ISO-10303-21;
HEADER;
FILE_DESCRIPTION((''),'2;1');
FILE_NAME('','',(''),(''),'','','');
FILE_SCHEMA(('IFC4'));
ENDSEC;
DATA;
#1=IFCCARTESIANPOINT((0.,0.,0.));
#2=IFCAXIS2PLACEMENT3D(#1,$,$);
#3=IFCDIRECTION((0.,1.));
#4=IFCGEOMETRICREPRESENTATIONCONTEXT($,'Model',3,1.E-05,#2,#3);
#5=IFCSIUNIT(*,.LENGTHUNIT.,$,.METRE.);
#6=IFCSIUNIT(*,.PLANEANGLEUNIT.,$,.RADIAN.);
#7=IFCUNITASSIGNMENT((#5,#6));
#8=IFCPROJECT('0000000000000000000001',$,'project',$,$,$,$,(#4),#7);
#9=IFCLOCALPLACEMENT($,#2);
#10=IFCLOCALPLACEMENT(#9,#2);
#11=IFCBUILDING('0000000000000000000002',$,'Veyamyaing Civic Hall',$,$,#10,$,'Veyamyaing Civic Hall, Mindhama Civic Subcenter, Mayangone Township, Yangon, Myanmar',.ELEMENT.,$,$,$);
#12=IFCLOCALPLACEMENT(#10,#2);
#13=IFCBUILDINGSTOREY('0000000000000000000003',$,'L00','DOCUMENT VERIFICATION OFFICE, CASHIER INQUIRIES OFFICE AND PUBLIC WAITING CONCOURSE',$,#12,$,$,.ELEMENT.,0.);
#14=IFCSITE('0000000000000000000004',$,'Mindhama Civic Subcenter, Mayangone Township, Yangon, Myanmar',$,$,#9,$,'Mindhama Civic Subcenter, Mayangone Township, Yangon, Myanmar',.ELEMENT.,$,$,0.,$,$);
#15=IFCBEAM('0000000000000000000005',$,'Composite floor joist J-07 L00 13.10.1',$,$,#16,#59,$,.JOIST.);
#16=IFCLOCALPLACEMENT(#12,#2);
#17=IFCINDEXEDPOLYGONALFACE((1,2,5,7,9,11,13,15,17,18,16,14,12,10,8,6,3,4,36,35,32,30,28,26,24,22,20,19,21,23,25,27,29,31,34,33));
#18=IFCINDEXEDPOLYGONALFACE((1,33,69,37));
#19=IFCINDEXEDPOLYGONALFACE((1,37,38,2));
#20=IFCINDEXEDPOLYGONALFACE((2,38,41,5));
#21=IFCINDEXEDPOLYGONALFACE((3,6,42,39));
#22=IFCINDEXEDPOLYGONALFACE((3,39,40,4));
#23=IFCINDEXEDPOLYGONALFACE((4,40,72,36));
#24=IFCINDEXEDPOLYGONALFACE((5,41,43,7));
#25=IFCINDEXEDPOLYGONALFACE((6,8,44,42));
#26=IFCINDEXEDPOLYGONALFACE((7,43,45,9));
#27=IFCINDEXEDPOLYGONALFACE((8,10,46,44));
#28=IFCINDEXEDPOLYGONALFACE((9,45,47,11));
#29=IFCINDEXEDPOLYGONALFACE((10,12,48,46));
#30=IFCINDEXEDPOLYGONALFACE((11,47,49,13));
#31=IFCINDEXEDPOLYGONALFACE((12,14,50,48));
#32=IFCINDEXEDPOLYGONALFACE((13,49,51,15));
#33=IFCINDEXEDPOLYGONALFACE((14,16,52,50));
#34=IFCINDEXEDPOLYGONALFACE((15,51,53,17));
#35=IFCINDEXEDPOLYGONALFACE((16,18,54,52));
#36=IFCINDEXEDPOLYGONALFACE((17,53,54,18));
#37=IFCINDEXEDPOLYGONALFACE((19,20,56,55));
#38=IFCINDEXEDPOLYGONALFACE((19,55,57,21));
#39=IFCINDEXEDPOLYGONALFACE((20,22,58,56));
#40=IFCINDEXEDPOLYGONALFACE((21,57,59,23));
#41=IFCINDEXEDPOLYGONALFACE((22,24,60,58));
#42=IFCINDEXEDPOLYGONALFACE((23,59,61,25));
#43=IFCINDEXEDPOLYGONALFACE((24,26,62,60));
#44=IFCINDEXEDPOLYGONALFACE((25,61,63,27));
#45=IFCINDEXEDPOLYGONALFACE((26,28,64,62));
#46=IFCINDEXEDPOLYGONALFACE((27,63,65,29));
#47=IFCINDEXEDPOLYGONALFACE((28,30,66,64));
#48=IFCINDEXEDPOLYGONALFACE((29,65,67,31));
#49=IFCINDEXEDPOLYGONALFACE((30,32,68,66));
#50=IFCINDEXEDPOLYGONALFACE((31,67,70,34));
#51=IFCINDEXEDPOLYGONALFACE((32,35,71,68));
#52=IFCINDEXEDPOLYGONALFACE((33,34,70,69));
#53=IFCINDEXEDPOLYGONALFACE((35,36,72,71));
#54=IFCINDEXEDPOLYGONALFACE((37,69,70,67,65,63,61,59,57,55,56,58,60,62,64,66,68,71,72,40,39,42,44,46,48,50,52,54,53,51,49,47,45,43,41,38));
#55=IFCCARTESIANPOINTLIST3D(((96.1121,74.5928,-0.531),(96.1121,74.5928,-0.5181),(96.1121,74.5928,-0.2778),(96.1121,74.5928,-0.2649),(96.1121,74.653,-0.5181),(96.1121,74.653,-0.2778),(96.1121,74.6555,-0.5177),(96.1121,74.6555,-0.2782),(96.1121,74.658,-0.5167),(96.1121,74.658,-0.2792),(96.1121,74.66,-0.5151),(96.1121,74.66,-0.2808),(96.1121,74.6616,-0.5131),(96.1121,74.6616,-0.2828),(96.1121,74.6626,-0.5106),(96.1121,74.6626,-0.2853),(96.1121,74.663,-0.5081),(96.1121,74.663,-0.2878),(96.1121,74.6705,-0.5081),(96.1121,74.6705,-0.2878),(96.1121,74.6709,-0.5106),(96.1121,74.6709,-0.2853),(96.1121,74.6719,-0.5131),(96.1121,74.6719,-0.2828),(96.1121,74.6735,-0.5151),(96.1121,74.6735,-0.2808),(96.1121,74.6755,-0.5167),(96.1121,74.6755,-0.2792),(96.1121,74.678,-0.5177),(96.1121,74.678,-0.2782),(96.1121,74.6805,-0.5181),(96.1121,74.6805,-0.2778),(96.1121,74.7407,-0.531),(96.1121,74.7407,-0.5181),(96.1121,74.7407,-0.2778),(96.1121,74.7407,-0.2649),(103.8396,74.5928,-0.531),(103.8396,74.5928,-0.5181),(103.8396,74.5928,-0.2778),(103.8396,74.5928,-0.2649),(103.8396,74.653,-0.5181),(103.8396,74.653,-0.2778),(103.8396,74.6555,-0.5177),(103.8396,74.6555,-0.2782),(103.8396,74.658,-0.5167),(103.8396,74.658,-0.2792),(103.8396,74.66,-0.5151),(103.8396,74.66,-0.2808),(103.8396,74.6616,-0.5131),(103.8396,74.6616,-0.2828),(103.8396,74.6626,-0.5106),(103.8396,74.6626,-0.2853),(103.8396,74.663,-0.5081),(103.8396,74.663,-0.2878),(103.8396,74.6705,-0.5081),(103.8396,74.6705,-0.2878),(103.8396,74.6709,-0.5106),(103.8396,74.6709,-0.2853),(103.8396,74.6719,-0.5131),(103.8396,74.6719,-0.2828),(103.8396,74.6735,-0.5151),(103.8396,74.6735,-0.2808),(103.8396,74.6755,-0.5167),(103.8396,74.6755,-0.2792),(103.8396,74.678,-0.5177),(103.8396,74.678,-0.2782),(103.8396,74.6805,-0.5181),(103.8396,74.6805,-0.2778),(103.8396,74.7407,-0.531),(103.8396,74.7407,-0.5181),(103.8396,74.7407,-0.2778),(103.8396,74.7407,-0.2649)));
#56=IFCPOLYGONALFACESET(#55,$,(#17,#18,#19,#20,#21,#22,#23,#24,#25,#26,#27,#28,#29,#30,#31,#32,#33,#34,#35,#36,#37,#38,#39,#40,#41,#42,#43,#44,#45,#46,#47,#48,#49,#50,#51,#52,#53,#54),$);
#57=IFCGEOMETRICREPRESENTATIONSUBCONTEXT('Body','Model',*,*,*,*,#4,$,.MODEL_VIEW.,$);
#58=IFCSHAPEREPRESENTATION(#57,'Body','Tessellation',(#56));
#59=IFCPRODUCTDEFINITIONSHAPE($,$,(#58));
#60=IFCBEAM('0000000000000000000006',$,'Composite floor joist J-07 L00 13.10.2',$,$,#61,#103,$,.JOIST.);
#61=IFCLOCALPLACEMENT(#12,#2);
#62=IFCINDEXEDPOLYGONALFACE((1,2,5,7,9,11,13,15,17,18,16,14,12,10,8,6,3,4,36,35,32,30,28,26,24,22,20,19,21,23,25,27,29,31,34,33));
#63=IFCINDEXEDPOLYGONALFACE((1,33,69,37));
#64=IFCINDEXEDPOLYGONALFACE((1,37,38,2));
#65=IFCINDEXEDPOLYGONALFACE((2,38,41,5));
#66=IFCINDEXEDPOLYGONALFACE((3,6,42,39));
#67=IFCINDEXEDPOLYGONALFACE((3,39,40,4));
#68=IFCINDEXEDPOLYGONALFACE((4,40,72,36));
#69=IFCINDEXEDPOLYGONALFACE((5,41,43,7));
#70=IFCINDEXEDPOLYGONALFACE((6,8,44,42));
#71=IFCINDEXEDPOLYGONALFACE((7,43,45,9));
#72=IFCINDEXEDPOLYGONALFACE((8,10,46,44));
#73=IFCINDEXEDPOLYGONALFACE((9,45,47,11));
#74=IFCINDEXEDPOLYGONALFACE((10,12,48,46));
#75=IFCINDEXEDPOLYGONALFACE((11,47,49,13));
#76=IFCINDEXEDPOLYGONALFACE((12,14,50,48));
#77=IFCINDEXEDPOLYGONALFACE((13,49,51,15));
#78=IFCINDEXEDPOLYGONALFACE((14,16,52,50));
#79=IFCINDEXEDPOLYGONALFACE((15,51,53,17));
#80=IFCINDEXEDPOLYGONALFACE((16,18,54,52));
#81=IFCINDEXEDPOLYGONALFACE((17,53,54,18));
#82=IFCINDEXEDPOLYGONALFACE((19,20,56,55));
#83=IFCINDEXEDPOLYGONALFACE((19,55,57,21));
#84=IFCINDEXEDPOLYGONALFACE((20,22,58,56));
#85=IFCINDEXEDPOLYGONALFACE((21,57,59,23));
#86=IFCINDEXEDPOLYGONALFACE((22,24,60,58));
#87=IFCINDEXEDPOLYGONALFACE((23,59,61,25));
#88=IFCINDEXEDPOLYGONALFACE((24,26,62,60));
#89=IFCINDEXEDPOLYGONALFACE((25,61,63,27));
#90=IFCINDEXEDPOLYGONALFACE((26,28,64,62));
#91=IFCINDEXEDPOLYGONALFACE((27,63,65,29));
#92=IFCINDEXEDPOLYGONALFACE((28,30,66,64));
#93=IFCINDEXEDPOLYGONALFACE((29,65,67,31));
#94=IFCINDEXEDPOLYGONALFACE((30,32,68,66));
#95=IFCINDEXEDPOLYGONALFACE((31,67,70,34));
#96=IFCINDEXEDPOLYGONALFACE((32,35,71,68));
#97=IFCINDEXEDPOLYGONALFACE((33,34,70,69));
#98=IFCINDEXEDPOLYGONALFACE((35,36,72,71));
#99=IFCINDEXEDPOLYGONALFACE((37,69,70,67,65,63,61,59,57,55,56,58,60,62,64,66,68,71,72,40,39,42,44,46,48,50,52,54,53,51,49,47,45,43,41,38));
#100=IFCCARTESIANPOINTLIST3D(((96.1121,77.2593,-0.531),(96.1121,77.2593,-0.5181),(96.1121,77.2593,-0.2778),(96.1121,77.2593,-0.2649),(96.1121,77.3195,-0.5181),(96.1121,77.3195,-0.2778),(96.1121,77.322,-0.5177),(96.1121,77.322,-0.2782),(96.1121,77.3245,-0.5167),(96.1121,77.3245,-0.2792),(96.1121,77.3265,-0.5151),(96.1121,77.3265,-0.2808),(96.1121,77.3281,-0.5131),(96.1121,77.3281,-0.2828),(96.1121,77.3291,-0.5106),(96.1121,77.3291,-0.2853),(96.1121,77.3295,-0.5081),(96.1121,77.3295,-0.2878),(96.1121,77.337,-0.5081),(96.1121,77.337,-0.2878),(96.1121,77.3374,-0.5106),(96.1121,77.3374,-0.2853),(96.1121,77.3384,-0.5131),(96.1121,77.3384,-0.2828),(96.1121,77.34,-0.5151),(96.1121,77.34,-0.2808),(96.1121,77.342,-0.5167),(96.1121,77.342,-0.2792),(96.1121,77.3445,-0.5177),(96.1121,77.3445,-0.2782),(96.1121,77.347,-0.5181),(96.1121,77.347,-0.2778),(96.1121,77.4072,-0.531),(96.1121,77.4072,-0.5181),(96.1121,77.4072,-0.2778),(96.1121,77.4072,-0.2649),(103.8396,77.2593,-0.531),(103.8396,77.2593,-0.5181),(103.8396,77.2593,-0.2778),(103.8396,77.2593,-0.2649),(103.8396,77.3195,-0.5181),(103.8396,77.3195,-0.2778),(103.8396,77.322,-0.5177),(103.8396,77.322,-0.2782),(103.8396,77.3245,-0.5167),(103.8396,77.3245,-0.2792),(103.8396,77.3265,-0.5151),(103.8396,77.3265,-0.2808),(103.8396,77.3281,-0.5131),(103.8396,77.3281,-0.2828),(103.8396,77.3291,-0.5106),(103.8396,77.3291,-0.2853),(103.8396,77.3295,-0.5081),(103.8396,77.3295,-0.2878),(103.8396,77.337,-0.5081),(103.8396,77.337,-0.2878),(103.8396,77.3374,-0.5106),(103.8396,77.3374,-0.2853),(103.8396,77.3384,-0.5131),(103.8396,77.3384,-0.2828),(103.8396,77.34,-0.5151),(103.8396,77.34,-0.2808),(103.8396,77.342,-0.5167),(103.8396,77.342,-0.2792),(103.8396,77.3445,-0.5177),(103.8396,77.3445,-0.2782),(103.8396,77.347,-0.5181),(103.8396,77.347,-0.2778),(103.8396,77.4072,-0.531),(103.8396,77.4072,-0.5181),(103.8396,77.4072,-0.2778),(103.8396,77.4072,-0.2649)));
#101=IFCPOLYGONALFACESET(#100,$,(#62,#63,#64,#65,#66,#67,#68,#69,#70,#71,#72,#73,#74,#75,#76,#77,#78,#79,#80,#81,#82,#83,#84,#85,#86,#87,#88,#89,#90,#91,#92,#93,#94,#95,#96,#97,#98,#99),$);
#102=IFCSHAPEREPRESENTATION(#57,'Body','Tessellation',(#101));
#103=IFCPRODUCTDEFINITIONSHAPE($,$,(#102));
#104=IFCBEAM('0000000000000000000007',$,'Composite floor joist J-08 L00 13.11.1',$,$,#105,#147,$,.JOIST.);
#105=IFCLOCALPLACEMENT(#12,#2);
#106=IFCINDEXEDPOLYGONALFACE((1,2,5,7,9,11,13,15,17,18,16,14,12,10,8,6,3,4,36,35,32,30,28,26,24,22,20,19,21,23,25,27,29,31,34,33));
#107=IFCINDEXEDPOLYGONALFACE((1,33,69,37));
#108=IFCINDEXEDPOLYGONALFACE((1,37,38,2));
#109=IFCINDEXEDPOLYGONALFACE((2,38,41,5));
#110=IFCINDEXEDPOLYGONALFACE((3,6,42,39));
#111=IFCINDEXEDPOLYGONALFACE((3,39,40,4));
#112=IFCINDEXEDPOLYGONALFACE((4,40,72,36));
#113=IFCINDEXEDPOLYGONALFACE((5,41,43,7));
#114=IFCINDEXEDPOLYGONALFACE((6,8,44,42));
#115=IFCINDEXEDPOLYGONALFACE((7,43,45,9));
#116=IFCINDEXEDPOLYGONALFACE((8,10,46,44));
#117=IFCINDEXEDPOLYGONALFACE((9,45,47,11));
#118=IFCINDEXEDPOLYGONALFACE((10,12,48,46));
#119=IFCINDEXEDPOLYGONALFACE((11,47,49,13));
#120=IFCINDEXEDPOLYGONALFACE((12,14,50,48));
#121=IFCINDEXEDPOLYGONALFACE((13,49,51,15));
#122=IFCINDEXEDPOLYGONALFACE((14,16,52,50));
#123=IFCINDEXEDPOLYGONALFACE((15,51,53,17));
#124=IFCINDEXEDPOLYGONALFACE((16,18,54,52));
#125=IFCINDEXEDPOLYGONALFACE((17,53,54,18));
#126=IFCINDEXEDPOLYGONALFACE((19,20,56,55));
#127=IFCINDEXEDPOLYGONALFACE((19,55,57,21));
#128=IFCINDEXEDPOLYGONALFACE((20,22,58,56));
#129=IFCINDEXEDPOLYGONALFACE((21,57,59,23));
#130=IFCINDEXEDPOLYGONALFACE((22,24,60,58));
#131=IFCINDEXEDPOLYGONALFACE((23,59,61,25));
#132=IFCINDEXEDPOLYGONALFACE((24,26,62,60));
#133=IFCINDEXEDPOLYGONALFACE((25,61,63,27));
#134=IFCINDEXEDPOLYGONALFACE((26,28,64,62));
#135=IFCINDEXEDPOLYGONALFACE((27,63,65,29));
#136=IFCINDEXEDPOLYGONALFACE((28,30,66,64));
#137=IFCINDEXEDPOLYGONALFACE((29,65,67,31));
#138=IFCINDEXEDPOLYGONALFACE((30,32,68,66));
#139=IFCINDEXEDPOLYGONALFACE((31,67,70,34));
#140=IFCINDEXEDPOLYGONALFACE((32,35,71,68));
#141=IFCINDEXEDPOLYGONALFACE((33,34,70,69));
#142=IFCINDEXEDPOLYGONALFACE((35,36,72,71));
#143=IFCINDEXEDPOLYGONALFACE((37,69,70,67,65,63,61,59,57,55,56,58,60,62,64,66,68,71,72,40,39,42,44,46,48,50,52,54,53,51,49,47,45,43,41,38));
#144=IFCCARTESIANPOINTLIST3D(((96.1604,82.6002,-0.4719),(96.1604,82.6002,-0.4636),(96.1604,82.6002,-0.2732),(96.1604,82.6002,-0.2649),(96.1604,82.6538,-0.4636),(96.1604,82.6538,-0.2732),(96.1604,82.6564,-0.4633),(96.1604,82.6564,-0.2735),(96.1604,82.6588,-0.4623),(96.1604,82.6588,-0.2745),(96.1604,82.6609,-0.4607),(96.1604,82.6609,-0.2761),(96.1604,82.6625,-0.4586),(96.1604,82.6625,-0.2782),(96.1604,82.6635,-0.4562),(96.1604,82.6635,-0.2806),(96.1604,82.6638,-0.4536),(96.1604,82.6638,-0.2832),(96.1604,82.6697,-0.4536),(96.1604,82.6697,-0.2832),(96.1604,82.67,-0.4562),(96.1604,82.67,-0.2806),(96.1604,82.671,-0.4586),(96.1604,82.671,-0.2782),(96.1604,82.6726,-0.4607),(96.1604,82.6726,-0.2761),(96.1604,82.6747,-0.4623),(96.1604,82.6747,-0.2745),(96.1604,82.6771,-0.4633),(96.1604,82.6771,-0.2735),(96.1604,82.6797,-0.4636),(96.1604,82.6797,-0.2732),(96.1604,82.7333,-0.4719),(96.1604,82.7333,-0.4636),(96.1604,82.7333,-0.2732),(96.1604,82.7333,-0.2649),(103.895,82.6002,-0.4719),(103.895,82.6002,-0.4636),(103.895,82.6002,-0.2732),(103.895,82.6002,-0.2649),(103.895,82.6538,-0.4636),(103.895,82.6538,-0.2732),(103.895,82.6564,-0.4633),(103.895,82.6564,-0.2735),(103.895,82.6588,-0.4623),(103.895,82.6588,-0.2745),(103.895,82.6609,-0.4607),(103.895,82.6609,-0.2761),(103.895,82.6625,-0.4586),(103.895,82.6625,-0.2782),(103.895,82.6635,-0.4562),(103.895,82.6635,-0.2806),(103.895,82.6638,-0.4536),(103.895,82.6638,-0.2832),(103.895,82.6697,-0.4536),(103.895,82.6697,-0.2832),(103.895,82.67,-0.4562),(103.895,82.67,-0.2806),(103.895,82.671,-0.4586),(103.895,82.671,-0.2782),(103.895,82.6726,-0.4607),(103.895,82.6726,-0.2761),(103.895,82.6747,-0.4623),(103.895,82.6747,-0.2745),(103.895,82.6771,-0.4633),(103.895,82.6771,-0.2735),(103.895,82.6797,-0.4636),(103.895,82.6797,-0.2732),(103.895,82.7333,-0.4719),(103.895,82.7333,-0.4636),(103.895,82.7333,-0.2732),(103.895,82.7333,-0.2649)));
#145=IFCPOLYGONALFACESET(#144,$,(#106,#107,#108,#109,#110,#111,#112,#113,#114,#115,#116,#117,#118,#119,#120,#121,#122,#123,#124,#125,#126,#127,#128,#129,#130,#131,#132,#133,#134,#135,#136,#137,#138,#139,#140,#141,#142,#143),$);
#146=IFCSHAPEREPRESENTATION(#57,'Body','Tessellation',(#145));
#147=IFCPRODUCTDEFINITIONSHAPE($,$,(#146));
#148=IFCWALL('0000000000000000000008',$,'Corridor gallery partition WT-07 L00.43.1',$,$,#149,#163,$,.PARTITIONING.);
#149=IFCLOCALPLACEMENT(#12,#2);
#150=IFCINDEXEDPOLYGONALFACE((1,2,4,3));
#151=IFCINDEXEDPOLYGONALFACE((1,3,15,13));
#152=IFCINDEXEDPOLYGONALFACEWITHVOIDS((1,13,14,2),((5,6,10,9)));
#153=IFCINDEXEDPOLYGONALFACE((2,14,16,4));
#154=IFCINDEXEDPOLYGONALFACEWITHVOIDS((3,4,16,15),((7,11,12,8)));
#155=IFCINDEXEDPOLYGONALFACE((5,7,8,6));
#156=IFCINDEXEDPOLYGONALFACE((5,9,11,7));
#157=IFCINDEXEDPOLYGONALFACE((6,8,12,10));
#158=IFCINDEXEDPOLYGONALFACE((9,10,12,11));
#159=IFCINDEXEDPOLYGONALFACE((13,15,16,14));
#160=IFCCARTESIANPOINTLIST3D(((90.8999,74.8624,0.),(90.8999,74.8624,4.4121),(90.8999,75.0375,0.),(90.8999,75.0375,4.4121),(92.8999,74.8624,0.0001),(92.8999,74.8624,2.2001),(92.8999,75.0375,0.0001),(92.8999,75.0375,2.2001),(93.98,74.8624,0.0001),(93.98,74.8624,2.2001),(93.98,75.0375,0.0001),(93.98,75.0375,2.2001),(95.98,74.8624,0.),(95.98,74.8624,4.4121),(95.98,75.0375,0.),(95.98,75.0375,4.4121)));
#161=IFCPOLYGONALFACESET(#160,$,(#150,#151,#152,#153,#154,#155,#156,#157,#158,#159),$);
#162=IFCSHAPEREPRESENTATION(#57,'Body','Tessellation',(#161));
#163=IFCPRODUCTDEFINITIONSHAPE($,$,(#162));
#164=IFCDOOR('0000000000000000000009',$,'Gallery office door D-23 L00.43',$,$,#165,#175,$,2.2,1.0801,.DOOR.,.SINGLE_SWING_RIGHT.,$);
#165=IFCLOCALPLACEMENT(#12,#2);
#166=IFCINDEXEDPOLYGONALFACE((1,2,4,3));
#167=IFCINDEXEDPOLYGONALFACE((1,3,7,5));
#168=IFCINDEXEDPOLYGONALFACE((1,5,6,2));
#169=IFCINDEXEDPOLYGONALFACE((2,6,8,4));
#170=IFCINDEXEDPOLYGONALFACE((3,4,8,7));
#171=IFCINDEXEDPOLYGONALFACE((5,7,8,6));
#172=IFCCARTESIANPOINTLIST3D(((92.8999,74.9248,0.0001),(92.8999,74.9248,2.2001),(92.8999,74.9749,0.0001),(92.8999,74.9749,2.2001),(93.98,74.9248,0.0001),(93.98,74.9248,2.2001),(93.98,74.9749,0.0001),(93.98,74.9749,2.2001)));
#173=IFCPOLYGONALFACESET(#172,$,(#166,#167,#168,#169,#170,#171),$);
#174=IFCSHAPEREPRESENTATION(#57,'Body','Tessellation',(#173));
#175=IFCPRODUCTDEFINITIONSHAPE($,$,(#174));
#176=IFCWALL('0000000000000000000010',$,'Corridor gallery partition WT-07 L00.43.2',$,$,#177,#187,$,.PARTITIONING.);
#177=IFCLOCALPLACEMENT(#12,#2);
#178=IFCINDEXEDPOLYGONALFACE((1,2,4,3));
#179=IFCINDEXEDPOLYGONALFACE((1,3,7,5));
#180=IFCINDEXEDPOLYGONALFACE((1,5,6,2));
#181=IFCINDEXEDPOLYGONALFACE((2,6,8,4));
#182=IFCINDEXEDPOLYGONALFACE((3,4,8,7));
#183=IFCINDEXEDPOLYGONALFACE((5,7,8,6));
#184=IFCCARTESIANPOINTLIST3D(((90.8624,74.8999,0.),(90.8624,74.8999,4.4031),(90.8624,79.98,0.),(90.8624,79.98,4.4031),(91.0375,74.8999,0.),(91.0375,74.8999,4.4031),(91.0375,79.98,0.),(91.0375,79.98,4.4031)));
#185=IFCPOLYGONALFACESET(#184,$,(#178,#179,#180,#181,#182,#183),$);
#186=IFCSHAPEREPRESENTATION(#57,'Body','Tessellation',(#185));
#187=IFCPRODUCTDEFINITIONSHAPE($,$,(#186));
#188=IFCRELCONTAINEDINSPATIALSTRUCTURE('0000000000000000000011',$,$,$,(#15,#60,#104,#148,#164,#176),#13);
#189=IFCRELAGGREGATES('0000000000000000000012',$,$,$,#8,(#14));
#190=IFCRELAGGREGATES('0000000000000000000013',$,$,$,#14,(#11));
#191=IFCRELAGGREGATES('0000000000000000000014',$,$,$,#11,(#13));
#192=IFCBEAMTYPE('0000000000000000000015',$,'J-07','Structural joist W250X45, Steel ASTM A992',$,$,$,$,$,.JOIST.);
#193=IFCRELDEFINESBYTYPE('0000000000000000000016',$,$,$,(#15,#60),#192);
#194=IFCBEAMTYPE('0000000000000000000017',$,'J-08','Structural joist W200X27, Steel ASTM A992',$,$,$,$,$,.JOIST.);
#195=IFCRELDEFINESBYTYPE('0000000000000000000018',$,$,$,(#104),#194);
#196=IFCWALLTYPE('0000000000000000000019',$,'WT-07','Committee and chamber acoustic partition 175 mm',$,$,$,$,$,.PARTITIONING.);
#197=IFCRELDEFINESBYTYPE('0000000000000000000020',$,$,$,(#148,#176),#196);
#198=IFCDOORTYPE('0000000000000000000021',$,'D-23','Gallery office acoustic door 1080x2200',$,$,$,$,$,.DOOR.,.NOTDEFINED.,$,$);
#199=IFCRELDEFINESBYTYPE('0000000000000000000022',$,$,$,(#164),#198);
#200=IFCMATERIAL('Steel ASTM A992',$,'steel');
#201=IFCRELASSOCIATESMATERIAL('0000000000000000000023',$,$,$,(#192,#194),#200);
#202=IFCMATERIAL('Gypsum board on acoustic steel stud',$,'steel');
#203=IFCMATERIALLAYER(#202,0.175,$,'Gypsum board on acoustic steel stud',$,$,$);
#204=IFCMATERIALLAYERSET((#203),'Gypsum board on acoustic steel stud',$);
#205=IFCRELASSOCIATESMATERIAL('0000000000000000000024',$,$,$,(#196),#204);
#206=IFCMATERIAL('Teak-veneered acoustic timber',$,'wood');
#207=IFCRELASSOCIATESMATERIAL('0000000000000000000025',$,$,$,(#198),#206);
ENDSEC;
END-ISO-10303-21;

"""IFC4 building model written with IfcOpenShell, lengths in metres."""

from ifc_helpers import new_model, si_unit, direction, frame, frame_2d, origin, origin_2d, place, context, subcontext, project, spatial, rectangle, i_section, extrude, material, layer, layer_set, material_profile, profile_set, type_object, element, fill, save


model = new_model("IFC4")

# Units and contexts
model_context = context("Model", 3, precision=1e-05, world=origin(), true_north=direction((0.0, 1.0)))
body_context = subcontext(model_context, "Body", "Model", "MODEL_VIEW")
ifc_project = project(units=[si_unit("LENGTHUNIT", "METRE"), si_unit("PLANEANGLEUNIT", "RADIAN")], contexts=[model_context])

# Site, building, storey
site_placement = place(None, origin())
site = spatial("IfcSite", under=ifc_project, at=site_placement, Name="Mindhama Civic Subcenter, Mayangone Township, Yangon, Myanmar", LongName="Mindhama Civic Subcenter, Mayangone Township, Yangon, Myanmar", CompositionType="ELEMENT", RefElevation=0.0)
building_placement = place(site_placement, origin())
building = spatial("IfcBuilding", under=site, at=building_placement, Name="Veyamyaing Civic Hall", LongName="Veyamyaing Civic Hall, Mindhama Civic Subcenter, Mayangone Township, Yangon, Myanmar", CompositionType="ELEMENT")
storey_placement = place(building_placement, origin())
storey = spatial("IfcBuildingStorey", under=building, at=storey_placement, Name="L00", Description="DOCUMENT VERIFICATION OFFICE, CASHIER INQUIRIES OFFICE AND PUBLIC WAITING CONCOURSE", CompositionType="ELEMENT", Elevation=0.0)

# Beams
ifc_material_1 = material(Name="Steel ASTM A992", Category="steel")
ifc_material_profile_1 = material_profile(ifc_material_1, i_section(OverallWidth=0.1479, OverallDepth=0.2661, WebThickness=0.0076, FlangeThickness=0.0129, FilletRadius=0.01, at=origin_2d()), Name="W250X45")
ifc_profile_set_1 = profile_set([ifc_material_profile_1], Name="Steel ASTM A992")
beam_type_1 = type_object("IfcBeamType", Name="J-07", Description="Structural joist W250X45, Steel ASTM A992", PredefinedType="JOIST", material=ifc_profile_set_1)
for number, where, z_axis, x_axis, name in (
    (1, (96.1121, 74.6667, -0.3979), (1.0, 0.0, 0.0), (0.0, 1.0, 0.0), "Composite floor joist J-07 L00 13.10.1"),
    (2, (96.1121, 77.3333, -0.3979), (1.0, 0.0, 0.0), (0.0, 1.0, 0.0), "Composite floor joist J-07 L00 13.10.2"),
):
    element("IfcBeam", number, at=place(storey_placement, frame(where, z_axis=z_axis, x_axis=x_axis)), inside=storey, type_object=beam_type_1, Name=name, PredefinedType="JOIST", context=body_context, shape_type="SweptSolid", body=[
        extrude(i_section(OverallWidth=0.1479, OverallDepth=0.2661, WebThickness=0.0076, FlangeThickness=0.0129, FilletRadius=0.01, at=origin_2d()), origin(), (0.0, 0.0, 1.0), 7.7275),
    ])
ifc_material_profile_2 = material_profile(ifc_material_1, i_section(OverallWidth=0.1331, OverallDepth=0.207, WebThickness=0.0059, FlangeThickness=0.0083, FilletRadius=0.01, at=origin_2d()), Name="W200X27")
ifc_profile_set_2 = profile_set([ifc_material_profile_2], Name="Steel ASTM A992")
beam_type_2 = type_object("IfcBeamType", Name="J-08", Description="Structural joist W200X27, Steel ASTM A992", PredefinedType="JOIST", material=ifc_profile_set_2)
beam_1_placement = place(storey_placement, frame((96.1604, 82.6667, -0.3684), z_axis=(1.0, 0.0, 0.0), x_axis=(0.0, 1.0, 0.0)))
element("IfcBeam", 3, at=beam_1_placement, inside=storey, type_object=beam_type_2, Name="Composite floor joist J-08 L00 13.11.1", PredefinedType="JOIST", context=body_context, shape_type="SweptSolid", body=[
    extrude(i_section(OverallWidth=0.1331, OverallDepth=0.207, WebThickness=0.0059, FlangeThickness=0.0083, FilletRadius=0.01, at=origin_2d()), origin(), (0.0, 0.0, 1.0), 7.7346),
])

# Wall, opening, door
ifc_material_2 = material(Name="Gypsum board on acoustic steel stud", Category="steel")
ifc_layer_1 = layer(ifc_material_2, 0.175, Name="Gypsum board on acoustic steel stud")
ifc_layer_set_1 = layer_set([ifc_layer_1], Name="Gypsum board on acoustic steel stud")
wall_type_1 = type_object("IfcWallType", Name="WT-07", Description="Committee and chamber acoustic partition 175 mm", PredefinedType="PARTITIONING", material=ifc_layer_set_1)
wall_1_placement = place(storey_placement, frame((90.8999, 74.95, 0.0), z_axis=(0.0, 0.0, 1.0), x_axis=(1.0, 0.0, 0.0)))
wall_1 = element("IfcWall", 4, at=wall_1_placement, inside=storey, type_object=wall_type_1, Name="Corridor gallery partition WT-07 L00.43.1", PredefinedType="PARTITIONING", context=body_context, shape_type="SweptSolid", body=[
    extrude(rectangle(XDim=5.0801, YDim=0.175, at=frame_2d((2.54, 0.0))), origin(), (0.0, 0.0, 1.0), 4.4121),
])
opening_1_placement = place(wall_1_placement, frame((2.0, 0.0, 0.0)))
opening_1 = element("IfcOpeningElement", 5, at=opening_1_placement, cuts=wall_1, PredefinedType="OPENING", context=body_context, shape_type="SweptSolid", body=[
    extrude(rectangle(XDim=1.0801, YDim=2.2, at=frame_2d((0.54, 1.1001))), frame((0.0, 0.0974, 0.0), z_axis=(0.0, -1.0, 0.0), x_axis=(1.0, 0.0, 0.0)), (0.0, 0.0, 1.0), 0.1951),
])
ifc_material_3 = material(Name="Teak-veneered acoustic timber", Category="wood")
door_type_1 = type_object("IfcDoorType", Name="D-23", Description="Gallery office acoustic door 1080x2200", OperationType="NOTDEFINED", PredefinedType="DOOR", material=ifc_material_3)
door_1_placement = place(opening_1_placement, origin())
door_1 = element("IfcDoor", 6, at=door_1_placement, inside=storey, type_object=door_type_1, Name="Gallery office door D-23 L00.43", OperationType="SINGLE_SWING_RIGHT", OverallHeight=2.2, OverallWidth=1.0801, PredefinedType="DOOR", context=body_context, shape_type="SweptSolid", body=[
    extrude(rectangle(XDim=1.0801, YDim=2.2, at=frame_2d((0.54, 1.1001))), frame((0.0, 0.0249, 0.0), z_axis=(0.0, -1.0, 0.0), x_axis=(1.0, 0.0, 0.0)), (0.0, 0.0, 1.0), 0.05),
])
fill(opening_1, door_1)

# Wall
wall_2_placement = place(storey_placement, frame((90.95, 74.8999, 0.0), z_axis=(0.0, 0.0, 1.0), x_axis=(0.0, 1.0, 0.0)))
element("IfcWall", 7, at=wall_2_placement, inside=storey, type_object=wall_type_1, Name="Corridor gallery partition WT-07 L00.43.2", PredefinedType="PARTITIONING", context=body_context, shape_type="SweptSolid", body=[
    extrude(rectangle(XDim=5.0801, YDim=0.175, at=frame_2d((2.54, 0.0))), origin(), (0.0, 0.0, 1.0), 4.4031),
])

save(model, "model.ifc")
